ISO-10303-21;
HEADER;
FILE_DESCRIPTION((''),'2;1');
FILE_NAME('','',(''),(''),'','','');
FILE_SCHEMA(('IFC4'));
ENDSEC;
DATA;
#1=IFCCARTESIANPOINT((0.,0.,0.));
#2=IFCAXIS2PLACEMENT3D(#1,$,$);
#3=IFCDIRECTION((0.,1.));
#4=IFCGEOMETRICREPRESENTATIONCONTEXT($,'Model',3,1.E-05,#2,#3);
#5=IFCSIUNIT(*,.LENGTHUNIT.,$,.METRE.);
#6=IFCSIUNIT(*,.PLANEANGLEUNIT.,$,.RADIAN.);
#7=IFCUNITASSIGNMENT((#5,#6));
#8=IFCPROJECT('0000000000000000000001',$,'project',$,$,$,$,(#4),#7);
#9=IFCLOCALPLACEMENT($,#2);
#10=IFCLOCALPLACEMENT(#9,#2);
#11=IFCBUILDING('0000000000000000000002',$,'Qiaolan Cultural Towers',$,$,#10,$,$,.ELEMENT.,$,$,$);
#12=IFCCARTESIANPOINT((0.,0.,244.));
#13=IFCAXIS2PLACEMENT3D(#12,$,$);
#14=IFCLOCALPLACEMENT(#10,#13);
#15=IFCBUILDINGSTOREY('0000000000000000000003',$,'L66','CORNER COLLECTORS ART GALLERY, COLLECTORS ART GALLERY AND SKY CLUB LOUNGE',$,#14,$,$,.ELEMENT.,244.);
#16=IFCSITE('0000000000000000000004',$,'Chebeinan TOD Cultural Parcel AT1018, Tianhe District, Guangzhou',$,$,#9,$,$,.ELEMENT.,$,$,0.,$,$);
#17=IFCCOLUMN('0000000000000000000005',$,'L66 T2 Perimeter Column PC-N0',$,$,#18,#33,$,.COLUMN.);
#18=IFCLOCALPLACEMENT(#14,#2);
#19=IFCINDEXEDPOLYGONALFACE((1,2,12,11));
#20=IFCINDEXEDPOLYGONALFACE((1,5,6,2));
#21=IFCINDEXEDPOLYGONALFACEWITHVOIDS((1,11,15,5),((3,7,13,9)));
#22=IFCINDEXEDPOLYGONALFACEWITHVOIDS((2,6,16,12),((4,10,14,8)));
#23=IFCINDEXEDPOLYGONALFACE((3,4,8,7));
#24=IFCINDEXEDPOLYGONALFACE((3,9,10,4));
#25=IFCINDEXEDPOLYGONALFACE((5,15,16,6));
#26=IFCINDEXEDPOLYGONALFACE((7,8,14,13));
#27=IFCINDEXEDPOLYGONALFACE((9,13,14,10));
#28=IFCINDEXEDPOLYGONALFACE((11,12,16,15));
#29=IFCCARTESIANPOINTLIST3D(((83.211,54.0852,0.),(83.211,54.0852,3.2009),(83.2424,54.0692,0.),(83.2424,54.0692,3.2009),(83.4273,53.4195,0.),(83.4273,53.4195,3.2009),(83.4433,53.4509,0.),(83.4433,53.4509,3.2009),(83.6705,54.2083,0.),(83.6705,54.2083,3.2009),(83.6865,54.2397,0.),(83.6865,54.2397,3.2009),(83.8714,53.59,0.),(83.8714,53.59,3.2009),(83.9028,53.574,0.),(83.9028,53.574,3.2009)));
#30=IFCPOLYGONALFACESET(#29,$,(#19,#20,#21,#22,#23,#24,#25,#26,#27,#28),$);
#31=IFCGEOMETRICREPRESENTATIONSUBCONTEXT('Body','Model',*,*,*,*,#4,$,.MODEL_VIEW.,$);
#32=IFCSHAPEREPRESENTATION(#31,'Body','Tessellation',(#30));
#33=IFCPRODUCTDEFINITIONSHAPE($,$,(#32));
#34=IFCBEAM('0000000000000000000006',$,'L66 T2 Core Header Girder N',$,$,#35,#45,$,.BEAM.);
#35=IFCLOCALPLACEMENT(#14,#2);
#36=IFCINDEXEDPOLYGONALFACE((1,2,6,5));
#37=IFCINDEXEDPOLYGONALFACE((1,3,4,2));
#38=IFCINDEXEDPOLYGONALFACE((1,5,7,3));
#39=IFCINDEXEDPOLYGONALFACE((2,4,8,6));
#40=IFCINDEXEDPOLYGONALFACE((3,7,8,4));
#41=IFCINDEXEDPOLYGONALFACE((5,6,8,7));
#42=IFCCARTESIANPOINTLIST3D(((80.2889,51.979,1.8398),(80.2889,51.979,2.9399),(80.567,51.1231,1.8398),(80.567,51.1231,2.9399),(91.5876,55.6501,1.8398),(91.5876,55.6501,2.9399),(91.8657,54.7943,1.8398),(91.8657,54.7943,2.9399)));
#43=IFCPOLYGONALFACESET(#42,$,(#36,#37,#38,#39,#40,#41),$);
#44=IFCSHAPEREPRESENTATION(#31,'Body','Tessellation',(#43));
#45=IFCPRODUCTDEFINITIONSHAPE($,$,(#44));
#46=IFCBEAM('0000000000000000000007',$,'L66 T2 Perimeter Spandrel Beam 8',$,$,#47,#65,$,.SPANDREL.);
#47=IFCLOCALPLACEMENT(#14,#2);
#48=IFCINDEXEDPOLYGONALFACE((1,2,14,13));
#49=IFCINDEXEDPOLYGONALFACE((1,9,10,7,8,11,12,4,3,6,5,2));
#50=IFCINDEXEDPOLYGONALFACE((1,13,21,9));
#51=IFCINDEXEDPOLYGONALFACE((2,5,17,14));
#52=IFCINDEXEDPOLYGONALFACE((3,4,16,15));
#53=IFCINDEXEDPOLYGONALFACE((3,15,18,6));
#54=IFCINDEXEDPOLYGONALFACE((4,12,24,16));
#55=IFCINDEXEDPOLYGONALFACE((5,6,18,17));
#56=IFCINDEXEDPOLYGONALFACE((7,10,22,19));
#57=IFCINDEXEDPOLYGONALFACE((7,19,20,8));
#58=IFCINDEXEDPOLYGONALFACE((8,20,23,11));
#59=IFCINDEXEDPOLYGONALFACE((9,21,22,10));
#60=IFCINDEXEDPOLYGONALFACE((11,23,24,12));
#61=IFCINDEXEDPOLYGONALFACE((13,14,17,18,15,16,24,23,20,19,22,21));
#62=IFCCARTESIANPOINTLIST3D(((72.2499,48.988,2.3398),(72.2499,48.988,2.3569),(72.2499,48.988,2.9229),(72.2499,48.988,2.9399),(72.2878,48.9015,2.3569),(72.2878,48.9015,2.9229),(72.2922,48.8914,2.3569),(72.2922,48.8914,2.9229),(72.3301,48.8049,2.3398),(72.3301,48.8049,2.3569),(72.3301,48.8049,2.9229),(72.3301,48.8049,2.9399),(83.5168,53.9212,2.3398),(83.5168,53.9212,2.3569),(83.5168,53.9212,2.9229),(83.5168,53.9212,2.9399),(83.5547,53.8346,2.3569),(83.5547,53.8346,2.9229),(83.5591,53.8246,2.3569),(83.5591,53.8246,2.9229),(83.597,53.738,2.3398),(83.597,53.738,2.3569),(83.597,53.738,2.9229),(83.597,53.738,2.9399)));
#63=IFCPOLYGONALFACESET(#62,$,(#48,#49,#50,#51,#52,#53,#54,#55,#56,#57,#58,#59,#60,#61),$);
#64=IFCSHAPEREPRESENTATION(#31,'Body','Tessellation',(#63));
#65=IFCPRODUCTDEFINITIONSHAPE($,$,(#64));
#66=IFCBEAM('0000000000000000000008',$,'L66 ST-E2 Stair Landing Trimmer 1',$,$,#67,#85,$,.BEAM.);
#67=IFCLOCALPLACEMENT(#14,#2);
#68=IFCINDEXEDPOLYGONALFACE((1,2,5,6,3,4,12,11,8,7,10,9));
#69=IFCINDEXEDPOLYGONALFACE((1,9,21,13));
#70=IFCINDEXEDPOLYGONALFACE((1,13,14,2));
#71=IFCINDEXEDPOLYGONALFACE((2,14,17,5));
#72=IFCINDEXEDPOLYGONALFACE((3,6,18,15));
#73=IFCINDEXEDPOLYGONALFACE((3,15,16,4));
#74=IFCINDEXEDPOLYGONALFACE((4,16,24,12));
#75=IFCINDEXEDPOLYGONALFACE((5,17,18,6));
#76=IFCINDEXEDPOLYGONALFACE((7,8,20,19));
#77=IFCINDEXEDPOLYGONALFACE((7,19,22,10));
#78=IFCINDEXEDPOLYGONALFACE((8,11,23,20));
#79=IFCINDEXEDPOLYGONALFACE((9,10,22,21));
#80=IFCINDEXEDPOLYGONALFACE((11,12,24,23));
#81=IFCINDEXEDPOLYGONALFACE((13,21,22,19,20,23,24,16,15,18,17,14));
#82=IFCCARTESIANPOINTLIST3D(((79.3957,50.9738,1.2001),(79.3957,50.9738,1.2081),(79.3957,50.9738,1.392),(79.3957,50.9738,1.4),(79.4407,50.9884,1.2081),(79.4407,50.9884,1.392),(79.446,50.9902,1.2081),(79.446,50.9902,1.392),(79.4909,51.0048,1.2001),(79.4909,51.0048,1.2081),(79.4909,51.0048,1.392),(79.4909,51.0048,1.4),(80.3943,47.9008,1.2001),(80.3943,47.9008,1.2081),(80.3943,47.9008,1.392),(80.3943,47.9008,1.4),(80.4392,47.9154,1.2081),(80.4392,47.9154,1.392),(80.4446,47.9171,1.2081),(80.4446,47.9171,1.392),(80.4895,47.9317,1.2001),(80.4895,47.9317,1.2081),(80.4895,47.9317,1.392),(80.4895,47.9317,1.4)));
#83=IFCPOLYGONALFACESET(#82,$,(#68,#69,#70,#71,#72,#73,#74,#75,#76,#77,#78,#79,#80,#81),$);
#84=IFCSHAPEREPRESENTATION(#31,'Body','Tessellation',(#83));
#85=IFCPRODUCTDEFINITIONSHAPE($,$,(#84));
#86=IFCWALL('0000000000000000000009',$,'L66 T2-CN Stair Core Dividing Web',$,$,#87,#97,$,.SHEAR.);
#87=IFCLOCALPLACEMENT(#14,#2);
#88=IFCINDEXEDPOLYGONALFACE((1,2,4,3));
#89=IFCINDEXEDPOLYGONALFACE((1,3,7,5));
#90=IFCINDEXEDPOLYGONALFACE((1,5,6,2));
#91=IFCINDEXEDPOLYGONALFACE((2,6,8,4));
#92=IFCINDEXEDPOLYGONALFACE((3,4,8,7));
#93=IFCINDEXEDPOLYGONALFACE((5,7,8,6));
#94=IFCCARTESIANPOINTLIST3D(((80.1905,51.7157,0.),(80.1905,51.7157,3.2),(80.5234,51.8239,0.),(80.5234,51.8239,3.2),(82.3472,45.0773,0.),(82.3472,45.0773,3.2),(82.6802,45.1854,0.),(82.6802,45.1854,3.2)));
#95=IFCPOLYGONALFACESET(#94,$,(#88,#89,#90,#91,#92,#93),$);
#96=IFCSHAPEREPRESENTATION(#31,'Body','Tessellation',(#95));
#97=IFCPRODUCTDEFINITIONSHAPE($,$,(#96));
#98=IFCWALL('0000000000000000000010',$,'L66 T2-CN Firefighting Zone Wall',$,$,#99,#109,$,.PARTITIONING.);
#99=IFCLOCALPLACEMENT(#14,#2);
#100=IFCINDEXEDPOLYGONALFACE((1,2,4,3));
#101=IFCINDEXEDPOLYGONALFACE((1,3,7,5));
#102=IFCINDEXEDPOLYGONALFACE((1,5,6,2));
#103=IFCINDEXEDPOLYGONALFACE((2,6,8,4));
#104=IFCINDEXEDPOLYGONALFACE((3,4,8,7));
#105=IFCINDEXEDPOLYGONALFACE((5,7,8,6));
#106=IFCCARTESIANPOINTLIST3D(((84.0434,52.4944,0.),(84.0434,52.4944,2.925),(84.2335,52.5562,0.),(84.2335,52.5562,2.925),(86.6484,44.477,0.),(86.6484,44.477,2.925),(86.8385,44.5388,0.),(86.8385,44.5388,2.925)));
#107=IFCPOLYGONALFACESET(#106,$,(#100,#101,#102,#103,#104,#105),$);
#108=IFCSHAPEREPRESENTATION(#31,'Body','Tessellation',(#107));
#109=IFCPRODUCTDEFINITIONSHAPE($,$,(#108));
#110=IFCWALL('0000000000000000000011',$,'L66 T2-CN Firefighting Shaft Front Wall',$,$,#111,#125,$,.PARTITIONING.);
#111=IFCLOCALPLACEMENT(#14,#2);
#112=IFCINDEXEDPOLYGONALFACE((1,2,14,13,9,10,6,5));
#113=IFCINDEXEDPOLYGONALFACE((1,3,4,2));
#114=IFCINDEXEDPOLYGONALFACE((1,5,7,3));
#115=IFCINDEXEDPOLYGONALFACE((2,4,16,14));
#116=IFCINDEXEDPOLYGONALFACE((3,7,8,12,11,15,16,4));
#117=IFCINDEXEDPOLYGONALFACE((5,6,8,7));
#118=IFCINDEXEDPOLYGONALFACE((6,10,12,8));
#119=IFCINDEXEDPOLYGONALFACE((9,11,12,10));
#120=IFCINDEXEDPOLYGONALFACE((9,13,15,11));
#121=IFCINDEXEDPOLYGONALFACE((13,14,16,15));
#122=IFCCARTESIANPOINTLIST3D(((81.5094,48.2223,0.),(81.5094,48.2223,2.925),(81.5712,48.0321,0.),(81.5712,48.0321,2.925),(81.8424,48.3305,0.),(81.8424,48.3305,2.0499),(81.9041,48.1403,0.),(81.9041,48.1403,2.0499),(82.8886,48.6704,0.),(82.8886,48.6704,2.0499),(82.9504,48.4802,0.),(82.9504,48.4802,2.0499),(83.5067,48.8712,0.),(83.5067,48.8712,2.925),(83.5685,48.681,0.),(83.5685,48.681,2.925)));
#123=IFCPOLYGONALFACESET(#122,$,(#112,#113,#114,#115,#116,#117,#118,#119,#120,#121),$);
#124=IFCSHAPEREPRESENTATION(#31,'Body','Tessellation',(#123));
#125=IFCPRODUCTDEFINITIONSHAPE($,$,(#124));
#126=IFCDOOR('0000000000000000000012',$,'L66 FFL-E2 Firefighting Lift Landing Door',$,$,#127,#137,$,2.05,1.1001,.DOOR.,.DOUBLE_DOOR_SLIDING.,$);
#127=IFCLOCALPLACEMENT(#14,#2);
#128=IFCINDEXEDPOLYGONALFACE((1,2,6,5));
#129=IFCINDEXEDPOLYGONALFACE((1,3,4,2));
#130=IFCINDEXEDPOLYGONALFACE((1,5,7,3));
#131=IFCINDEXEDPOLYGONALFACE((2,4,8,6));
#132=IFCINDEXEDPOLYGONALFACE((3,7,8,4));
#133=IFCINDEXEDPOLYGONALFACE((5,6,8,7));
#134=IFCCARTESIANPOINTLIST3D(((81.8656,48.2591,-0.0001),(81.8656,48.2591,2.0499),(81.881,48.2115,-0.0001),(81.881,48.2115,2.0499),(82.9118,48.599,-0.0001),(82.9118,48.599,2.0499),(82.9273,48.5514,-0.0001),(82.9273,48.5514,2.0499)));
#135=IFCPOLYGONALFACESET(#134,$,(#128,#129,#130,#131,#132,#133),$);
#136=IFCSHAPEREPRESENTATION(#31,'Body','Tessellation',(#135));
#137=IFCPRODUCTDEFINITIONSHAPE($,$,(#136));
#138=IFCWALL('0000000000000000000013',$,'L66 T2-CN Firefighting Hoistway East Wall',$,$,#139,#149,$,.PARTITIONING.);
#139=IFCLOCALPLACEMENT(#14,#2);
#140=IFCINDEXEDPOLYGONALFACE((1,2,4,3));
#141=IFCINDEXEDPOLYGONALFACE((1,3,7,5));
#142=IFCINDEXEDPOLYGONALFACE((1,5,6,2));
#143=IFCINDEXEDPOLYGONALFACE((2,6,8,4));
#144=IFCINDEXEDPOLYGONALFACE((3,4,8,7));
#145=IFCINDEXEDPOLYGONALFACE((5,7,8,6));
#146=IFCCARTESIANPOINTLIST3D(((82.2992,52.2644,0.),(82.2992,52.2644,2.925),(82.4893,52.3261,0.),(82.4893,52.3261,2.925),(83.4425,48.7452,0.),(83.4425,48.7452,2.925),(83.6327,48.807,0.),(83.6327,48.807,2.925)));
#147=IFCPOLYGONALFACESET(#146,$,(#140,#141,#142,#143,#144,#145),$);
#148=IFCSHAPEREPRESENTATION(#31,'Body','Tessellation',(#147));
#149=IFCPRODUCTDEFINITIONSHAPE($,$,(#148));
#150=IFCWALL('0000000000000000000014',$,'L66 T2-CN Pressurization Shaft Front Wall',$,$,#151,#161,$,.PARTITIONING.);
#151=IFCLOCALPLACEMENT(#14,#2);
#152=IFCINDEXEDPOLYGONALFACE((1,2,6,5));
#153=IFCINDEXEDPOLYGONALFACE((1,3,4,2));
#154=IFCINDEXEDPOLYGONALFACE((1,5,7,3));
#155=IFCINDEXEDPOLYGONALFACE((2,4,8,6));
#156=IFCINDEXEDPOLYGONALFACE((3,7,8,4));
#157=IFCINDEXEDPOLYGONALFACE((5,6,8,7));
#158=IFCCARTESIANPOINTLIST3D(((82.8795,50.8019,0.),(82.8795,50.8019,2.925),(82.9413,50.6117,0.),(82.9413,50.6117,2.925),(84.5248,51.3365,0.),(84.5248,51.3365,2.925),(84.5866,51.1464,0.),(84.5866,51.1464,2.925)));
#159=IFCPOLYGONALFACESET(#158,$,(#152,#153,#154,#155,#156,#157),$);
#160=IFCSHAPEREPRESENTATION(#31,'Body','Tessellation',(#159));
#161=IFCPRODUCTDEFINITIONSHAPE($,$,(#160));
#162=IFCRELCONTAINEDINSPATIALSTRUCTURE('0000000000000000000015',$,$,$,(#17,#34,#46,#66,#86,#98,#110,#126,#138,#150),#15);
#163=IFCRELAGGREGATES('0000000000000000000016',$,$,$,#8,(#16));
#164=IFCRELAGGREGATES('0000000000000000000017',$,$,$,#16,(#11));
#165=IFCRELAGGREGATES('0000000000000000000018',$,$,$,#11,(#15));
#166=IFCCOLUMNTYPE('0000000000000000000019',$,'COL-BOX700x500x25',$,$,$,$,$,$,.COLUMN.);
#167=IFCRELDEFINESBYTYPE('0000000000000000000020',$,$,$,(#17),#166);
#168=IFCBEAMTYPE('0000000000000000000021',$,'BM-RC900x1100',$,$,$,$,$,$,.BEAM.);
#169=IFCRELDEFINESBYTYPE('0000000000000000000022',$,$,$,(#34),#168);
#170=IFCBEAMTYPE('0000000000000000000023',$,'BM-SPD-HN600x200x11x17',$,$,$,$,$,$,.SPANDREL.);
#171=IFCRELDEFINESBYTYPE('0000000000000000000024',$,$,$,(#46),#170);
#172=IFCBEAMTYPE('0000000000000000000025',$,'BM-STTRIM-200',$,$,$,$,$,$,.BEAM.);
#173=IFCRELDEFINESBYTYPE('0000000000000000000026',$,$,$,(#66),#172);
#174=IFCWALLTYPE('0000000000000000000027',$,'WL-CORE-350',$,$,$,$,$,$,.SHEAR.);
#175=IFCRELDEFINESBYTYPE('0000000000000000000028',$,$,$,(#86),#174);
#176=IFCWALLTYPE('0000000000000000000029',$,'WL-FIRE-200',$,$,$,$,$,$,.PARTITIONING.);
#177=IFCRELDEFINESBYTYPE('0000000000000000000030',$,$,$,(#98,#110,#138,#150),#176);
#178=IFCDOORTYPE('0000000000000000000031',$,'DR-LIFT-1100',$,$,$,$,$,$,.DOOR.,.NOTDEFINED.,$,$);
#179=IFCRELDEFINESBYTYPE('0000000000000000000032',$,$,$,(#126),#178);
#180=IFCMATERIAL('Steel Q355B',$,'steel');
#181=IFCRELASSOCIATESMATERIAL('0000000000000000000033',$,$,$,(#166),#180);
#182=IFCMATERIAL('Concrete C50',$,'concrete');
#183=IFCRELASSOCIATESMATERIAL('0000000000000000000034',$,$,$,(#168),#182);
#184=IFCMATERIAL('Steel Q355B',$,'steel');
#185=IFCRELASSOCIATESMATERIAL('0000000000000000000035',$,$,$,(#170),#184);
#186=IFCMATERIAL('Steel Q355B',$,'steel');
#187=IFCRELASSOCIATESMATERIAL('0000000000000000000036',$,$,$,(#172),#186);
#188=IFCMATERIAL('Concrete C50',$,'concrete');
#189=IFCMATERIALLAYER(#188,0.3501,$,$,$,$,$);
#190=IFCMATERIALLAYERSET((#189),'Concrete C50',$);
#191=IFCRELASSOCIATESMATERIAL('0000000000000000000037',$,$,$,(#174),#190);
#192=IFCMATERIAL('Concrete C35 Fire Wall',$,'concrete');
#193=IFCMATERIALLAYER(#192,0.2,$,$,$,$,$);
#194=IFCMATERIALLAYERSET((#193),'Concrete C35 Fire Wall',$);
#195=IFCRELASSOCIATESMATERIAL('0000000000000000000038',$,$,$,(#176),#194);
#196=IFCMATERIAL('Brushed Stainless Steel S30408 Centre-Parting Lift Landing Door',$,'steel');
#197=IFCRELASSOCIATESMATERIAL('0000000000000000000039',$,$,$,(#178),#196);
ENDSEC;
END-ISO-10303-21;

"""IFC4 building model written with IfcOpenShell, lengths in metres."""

from ifc_helpers import new_model, si_unit, direction, frame, frame_2d, origin, origin_2d, place, context, subcontext, project, spatial, rectangle, hollow_rectangle, i_section, extrude, material, layer, layer_set, material_profile, profile_set, type_object, element, fill, save


model = new_model("IFC4")

# Units and contexts
model_context = context("Model", 3, precision=1e-05, world=origin(), true_north=direction((0.0, 1.0)))
body_context = subcontext(model_context, "Body", "Model", "MODEL_VIEW")
ifc_project = project(units=[si_unit("LENGTHUNIT", "METRE"), si_unit("PLANEANGLEUNIT", "RADIAN")], contexts=[model_context])

# Site, building, storey
site_placement = place(None, origin())
site = spatial("IfcSite", under=ifc_project, at=site_placement, Name="Chebeinan TOD Cultural Parcel AT1018, Tianhe District, Guangzhou", CompositionType="ELEMENT", RefElevation=0.0)
building_placement = place(site_placement, origin())
building = spatial("IfcBuilding", under=site, at=building_placement, Name="Qiaolan Cultural Towers", CompositionType="ELEMENT")
storey_placement = place(building_placement, frame((0.0, 0.0, 244.0)))
storey = spatial("IfcBuildingStorey", under=building, at=storey_placement, Name="L66", Description="CORNER COLLECTORS ART GALLERY, COLLECTORS ART GALLERY AND SKY CLUB LOUNGE", CompositionType="ELEMENT", Elevation=244.0)

# Column
ifc_material_1 = material(Name="Steel Q355B", Category="steel")
ifc_material_profile_1 = material_profile(ifc_material_1, hollow_rectangle(XDim=0.5, YDim=0.7, WallThickness=0.0249, at=origin_2d()), Name="BOX700x500x25")
ifc_profile_set_1 = profile_set([ifc_material_profile_1], Name="Steel Q355B")
column_type = type_object("IfcColumnType", Name="COL-BOX700x500x25", PredefinedType="COLUMN", material=ifc_profile_set_1)
column_placement = place(storey_placement, frame((83.5569, 53.8296, 0.0), z_axis=(0.0, 0.0, 1.0), x_axis=(0.951057, 0.309017, 0.0)))
element("IfcColumn", 1, at=column_placement, inside=storey, type_object=column_type, Name="L66 T2 Perimeter Column PC-N0", PredefinedType="COLUMN", context=body_context, shape_type="SweptSolid", body=[
    extrude(hollow_rectangle(XDim=0.5, YDim=0.7, WallThickness=0.0249, at=origin_2d()), origin(), (0.0, 0.0, 1.0), 3.2009),
])

# Beams
ifc_material_2 = material(Name="Concrete C50", Category="concrete")
ifc_material_profile_2 = material_profile(ifc_material_2, rectangle(XDim=0.8999, YDim=1.1001, at=origin_2d()), Name="RC900x1100")
ifc_profile_set_2 = profile_set([ifc_material_profile_2], Name="Concrete C50")
beam_type_1 = type_object("IfcBeamType", Name="BM-RC900x1100", PredefinedType="BEAM", material=ifc_profile_set_2)
beam_1_placement = place(storey_placement, frame((80.428, 51.551, 2.3899), z_axis=(0.951056, 0.309018, 0.0), x_axis=(-0.309018, 0.951056, 0.0)))
element("IfcBeam", 2, at=beam_1_placement, inside=storey, type_object=beam_type_1, Name="L66 T2 Core Header Girder N", PredefinedType="BEAM", context=body_context, shape_type="SweptSolid", body=[
    extrude(rectangle(XDim=0.8999, YDim=1.1001, at=origin_2d()), origin(), (0.0, 0.0, 1.0), 11.8801),
])
ifc_material_3 = material(Name="Steel Q355B", Category="steel")
ifc_material_profile_3 = material_profile(ifc_material_3, i_section(OverallWidth=0.2, OverallDepth=0.6001, WebThickness=0.011, FlangeThickness=0.0171, at=origin_2d()), Name="HN600x200x11x17")
ifc_profile_set_3 = profile_set([ifc_material_profile_3], Name="Steel Q355B")
beam_type_2 = type_object("IfcBeamType", Name="BM-SPD-HN600x200x11x17", PredefinedType="SPANDREL", material=ifc_profile_set_3)
beam_2_placement = place(storey_placement, frame((83.5569, 53.8296, 2.6399), z_axis=(-0.916042, -0.401082, 0.0), x_axis=(0.401082, -0.916042, 0.0)))
element("IfcBeam", 3, at=beam_2_placement, inside=storey, type_object=beam_type_2, Name="L66 T2 Perimeter Spandrel Beam 8", PredefinedType="SPANDREL", context=body_context, shape_type="SweptSolid", body=[
    extrude(i_section(OverallWidth=0.2, OverallDepth=0.6001, WebThickness=0.011, FlangeThickness=0.0171, at=origin_2d()), origin(), (0.0, 0.0, 1.0), 12.2996),
])
ifc_material_4 = material(Name="Steel Q355B", Category="steel")
ifc_material_profile_4 = material_profile(ifc_material_4, i_section(OverallWidth=0.1001, OverallDepth=0.2, WebThickness=0.0056, FlangeThickness=0.0081, at=origin_2d()), Name="HN200x100x5.5x8")
ifc_profile_set_4 = profile_set([ifc_material_profile_4], Name="Steel Q355B")
beam_type_3 = type_object("IfcBeamType", Name="BM-STTRIM-200", PredefinedType="BEAM", material=ifc_profile_set_4)
beam_3_placement = place(storey_placement, frame((80.4419, 47.9163, 1.3), z_axis=(-0.309033, 0.951051, 0.0), x_axis=(-0.951051, -0.309033, 0.0)))
element("IfcBeam", 4, at=beam_3_placement, inside=storey, type_object=beam_type_3, Name="L66 ST-E2 Stair Landing Trimmer 1", PredefinedType="BEAM", context=body_context, shape_type="SweptSolid", body=[
    extrude(i_section(OverallWidth=0.1001, OverallDepth=0.2, WebThickness=0.0056, FlangeThickness=0.0081, at=origin_2d()), origin(), (0.0, 0.0, 1.0), 3.2312),
])

# Walls
ifc_material_5 = material(Name="Concrete C50", Category="concrete")
ifc_layer_1 = layer(ifc_material_5, 0.3501)
ifc_layer_set_1 = layer_set([ifc_layer_1], Name="Concrete C50")
wall_type_1 = type_object("IfcWallType", Name="WL-CORE-350", PredefinedType="SHEAR", material=ifc_layer_set_1)
wall_1_placement = place(storey_placement, frame((82.5137, 45.1313, 0.0), z_axis=(0.0, 0.0, 1.0), x_axis=(-0.308989, 0.951066, 0.0)))
element("IfcWall", 5, at=wall_1_placement, inside=storey, type_object=wall_type_1, Name="L66 T2-CN Stair Core Dividing Web", PredefinedType="SHEAR", context=body_context, shape_type="SweptSolid", body=[
    extrude(rectangle(XDim=6.98, YDim=0.3501, at=frame_2d((3.49, 0.0))), origin(), (0.0, 0.0, 1.0), 3.2),
])
ifc_material_6 = material(Name="Concrete C35 Fire Wall", Category="concrete")
ifc_layer_2 = layer(ifc_material_6, 0.2)
ifc_layer_set_2 = layer_set([ifc_layer_2], Name="Concrete C35 Fire Wall")
wall_type_2 = type_object("IfcWallType", Name="WL-FIRE-200", PredefinedType="PARTITIONING", material=ifc_layer_set_2)
wall_2_placement = place(storey_placement, frame((86.7434, 44.5081, 0.0), z_axis=(0.0, 0.0, 1.0), x_axis=(-0.309016, 0.951057, 0.0)))
element("IfcWall", 6, at=wall_2_placement, inside=storey, type_object=wall_type_2, Name="L66 T2-CN Firefighting Zone Wall", PredefinedType="PARTITIONING", context=body_context, shape_type="SweptSolid", body=[
    extrude(rectangle(XDim=8.4299, YDim=0.2, at=frame_2d((4.2148, 0.0))), origin(), (0.0, 0.0, 1.0), 2.925),
])

# Wall, opening, door
wall_3_placement = place(storey_placement, frame((81.5403, 48.1272, 0.0), z_axis=(0.0, 0.0, 1.0), x_axis=(0.951062, 0.308999, 0.0)))
wall_3 = element("IfcWall", 7, at=wall_3_placement, inside=storey, type_object=wall_type_2, Name="L66 T2-CN Firefighting Shaft Front Wall", PredefinedType="PARTITIONING", context=body_context, shape_type="SweptSolid", body=[
    extrude(rectangle(XDim=2.1001, YDim=0.2, at=frame_2d((1.05, 0.0))), origin(), (0.0, 0.0, 1.0), 2.925),
])
opening_1_placement = place(wall_3_placement, frame((0.3501, 0.0, 0.0)))
opening_1 = element("IfcOpeningElement", 8, at=opening_1_placement, cuts=wall_3, PredefinedType="OPENING", context=body_context, shape_type="SweptSolid", body=[
    extrude(rectangle(XDim=1.1001, YDim=2.05, at=frame_2d((0.55, 1.0249))), frame((0.0, 0.1099, 0.0), z_axis=(0.0, -1.0, 0.0), x_axis=(1.0, 0.0, 0.0)), (0.0, 0.0, 1.0), 0.22),
])
ifc_material_7 = material(Name="Brushed Stainless Steel S30408 Centre-Parting Lift Landing Door", Category="steel")
door_type_1 = type_object("IfcDoorType", Name="DR-LIFT-1100", OperationType="NOTDEFINED", PredefinedType="DOOR", material=ifc_material_7)
door_1_placement = place(opening_1_placement, origin())
door_1 = element("IfcDoor", 9, at=door_1_placement, inside=storey, type_object=door_type_1, Name="L66 FFL-E2 Firefighting Lift Landing Door", OperationType="DOUBLE_DOOR_SLIDING", OverallHeight=2.05, OverallWidth=1.1001, PredefinedType="DOOR", context=body_context, shape_type="SweptSolid", body=[
    extrude(rectangle(XDim=1.1001, YDim=2.05, at=frame_2d((0.55, 1.0249))), frame((0.0, 0.0249, 0.0), z_axis=(0.0, -1.0, 0.0), x_axis=(1.0, 0.0, 0.0)), (0.0, 0.0, 1.0), 0.05),
])
fill(opening_1, door_1)

# Walls
wall_4_placement = place(storey_placement, frame((83.5376, 48.7761, 0.0), z_axis=(0.0, 0.0, 1.0), x_axis=(-0.308994, 0.951064, 0.0)))
element("IfcWall", 10, at=wall_4_placement, inside=storey, type_object=wall_type_2, Name="L66 T2-CN Firefighting Hoistway East Wall", PredefinedType="PARTITIONING", context=body_context, shape_type="SweptSolid", body=[
    extrude(rectangle(XDim=3.7002, YDim=0.2, at=frame_2d((1.8501, 0.0))), origin(), (0.0, 0.0, 1.0), 2.925),
])
wall_5_placement = place(storey_placement, frame((82.9104, 50.7068, 0.0), z_axis=(0.0, 0.0, 1.0), x_axis=(0.951041, 0.309064, 0.0)))
element("IfcWall", 11, at=wall_5_placement, inside=storey, type_object=wall_type_2, Name="L66 T2-CN Pressurization Shaft Front Wall", PredefinedType="PARTITIONING", context=body_context, shape_type="SweptSolid", body=[
    extrude(rectangle(XDim=1.73, YDim=0.2, at=frame_2d((0.865, 0.0))), origin(), (0.0, 0.0, 1.0), 2.925),
])

save(model, "model.ifc")
